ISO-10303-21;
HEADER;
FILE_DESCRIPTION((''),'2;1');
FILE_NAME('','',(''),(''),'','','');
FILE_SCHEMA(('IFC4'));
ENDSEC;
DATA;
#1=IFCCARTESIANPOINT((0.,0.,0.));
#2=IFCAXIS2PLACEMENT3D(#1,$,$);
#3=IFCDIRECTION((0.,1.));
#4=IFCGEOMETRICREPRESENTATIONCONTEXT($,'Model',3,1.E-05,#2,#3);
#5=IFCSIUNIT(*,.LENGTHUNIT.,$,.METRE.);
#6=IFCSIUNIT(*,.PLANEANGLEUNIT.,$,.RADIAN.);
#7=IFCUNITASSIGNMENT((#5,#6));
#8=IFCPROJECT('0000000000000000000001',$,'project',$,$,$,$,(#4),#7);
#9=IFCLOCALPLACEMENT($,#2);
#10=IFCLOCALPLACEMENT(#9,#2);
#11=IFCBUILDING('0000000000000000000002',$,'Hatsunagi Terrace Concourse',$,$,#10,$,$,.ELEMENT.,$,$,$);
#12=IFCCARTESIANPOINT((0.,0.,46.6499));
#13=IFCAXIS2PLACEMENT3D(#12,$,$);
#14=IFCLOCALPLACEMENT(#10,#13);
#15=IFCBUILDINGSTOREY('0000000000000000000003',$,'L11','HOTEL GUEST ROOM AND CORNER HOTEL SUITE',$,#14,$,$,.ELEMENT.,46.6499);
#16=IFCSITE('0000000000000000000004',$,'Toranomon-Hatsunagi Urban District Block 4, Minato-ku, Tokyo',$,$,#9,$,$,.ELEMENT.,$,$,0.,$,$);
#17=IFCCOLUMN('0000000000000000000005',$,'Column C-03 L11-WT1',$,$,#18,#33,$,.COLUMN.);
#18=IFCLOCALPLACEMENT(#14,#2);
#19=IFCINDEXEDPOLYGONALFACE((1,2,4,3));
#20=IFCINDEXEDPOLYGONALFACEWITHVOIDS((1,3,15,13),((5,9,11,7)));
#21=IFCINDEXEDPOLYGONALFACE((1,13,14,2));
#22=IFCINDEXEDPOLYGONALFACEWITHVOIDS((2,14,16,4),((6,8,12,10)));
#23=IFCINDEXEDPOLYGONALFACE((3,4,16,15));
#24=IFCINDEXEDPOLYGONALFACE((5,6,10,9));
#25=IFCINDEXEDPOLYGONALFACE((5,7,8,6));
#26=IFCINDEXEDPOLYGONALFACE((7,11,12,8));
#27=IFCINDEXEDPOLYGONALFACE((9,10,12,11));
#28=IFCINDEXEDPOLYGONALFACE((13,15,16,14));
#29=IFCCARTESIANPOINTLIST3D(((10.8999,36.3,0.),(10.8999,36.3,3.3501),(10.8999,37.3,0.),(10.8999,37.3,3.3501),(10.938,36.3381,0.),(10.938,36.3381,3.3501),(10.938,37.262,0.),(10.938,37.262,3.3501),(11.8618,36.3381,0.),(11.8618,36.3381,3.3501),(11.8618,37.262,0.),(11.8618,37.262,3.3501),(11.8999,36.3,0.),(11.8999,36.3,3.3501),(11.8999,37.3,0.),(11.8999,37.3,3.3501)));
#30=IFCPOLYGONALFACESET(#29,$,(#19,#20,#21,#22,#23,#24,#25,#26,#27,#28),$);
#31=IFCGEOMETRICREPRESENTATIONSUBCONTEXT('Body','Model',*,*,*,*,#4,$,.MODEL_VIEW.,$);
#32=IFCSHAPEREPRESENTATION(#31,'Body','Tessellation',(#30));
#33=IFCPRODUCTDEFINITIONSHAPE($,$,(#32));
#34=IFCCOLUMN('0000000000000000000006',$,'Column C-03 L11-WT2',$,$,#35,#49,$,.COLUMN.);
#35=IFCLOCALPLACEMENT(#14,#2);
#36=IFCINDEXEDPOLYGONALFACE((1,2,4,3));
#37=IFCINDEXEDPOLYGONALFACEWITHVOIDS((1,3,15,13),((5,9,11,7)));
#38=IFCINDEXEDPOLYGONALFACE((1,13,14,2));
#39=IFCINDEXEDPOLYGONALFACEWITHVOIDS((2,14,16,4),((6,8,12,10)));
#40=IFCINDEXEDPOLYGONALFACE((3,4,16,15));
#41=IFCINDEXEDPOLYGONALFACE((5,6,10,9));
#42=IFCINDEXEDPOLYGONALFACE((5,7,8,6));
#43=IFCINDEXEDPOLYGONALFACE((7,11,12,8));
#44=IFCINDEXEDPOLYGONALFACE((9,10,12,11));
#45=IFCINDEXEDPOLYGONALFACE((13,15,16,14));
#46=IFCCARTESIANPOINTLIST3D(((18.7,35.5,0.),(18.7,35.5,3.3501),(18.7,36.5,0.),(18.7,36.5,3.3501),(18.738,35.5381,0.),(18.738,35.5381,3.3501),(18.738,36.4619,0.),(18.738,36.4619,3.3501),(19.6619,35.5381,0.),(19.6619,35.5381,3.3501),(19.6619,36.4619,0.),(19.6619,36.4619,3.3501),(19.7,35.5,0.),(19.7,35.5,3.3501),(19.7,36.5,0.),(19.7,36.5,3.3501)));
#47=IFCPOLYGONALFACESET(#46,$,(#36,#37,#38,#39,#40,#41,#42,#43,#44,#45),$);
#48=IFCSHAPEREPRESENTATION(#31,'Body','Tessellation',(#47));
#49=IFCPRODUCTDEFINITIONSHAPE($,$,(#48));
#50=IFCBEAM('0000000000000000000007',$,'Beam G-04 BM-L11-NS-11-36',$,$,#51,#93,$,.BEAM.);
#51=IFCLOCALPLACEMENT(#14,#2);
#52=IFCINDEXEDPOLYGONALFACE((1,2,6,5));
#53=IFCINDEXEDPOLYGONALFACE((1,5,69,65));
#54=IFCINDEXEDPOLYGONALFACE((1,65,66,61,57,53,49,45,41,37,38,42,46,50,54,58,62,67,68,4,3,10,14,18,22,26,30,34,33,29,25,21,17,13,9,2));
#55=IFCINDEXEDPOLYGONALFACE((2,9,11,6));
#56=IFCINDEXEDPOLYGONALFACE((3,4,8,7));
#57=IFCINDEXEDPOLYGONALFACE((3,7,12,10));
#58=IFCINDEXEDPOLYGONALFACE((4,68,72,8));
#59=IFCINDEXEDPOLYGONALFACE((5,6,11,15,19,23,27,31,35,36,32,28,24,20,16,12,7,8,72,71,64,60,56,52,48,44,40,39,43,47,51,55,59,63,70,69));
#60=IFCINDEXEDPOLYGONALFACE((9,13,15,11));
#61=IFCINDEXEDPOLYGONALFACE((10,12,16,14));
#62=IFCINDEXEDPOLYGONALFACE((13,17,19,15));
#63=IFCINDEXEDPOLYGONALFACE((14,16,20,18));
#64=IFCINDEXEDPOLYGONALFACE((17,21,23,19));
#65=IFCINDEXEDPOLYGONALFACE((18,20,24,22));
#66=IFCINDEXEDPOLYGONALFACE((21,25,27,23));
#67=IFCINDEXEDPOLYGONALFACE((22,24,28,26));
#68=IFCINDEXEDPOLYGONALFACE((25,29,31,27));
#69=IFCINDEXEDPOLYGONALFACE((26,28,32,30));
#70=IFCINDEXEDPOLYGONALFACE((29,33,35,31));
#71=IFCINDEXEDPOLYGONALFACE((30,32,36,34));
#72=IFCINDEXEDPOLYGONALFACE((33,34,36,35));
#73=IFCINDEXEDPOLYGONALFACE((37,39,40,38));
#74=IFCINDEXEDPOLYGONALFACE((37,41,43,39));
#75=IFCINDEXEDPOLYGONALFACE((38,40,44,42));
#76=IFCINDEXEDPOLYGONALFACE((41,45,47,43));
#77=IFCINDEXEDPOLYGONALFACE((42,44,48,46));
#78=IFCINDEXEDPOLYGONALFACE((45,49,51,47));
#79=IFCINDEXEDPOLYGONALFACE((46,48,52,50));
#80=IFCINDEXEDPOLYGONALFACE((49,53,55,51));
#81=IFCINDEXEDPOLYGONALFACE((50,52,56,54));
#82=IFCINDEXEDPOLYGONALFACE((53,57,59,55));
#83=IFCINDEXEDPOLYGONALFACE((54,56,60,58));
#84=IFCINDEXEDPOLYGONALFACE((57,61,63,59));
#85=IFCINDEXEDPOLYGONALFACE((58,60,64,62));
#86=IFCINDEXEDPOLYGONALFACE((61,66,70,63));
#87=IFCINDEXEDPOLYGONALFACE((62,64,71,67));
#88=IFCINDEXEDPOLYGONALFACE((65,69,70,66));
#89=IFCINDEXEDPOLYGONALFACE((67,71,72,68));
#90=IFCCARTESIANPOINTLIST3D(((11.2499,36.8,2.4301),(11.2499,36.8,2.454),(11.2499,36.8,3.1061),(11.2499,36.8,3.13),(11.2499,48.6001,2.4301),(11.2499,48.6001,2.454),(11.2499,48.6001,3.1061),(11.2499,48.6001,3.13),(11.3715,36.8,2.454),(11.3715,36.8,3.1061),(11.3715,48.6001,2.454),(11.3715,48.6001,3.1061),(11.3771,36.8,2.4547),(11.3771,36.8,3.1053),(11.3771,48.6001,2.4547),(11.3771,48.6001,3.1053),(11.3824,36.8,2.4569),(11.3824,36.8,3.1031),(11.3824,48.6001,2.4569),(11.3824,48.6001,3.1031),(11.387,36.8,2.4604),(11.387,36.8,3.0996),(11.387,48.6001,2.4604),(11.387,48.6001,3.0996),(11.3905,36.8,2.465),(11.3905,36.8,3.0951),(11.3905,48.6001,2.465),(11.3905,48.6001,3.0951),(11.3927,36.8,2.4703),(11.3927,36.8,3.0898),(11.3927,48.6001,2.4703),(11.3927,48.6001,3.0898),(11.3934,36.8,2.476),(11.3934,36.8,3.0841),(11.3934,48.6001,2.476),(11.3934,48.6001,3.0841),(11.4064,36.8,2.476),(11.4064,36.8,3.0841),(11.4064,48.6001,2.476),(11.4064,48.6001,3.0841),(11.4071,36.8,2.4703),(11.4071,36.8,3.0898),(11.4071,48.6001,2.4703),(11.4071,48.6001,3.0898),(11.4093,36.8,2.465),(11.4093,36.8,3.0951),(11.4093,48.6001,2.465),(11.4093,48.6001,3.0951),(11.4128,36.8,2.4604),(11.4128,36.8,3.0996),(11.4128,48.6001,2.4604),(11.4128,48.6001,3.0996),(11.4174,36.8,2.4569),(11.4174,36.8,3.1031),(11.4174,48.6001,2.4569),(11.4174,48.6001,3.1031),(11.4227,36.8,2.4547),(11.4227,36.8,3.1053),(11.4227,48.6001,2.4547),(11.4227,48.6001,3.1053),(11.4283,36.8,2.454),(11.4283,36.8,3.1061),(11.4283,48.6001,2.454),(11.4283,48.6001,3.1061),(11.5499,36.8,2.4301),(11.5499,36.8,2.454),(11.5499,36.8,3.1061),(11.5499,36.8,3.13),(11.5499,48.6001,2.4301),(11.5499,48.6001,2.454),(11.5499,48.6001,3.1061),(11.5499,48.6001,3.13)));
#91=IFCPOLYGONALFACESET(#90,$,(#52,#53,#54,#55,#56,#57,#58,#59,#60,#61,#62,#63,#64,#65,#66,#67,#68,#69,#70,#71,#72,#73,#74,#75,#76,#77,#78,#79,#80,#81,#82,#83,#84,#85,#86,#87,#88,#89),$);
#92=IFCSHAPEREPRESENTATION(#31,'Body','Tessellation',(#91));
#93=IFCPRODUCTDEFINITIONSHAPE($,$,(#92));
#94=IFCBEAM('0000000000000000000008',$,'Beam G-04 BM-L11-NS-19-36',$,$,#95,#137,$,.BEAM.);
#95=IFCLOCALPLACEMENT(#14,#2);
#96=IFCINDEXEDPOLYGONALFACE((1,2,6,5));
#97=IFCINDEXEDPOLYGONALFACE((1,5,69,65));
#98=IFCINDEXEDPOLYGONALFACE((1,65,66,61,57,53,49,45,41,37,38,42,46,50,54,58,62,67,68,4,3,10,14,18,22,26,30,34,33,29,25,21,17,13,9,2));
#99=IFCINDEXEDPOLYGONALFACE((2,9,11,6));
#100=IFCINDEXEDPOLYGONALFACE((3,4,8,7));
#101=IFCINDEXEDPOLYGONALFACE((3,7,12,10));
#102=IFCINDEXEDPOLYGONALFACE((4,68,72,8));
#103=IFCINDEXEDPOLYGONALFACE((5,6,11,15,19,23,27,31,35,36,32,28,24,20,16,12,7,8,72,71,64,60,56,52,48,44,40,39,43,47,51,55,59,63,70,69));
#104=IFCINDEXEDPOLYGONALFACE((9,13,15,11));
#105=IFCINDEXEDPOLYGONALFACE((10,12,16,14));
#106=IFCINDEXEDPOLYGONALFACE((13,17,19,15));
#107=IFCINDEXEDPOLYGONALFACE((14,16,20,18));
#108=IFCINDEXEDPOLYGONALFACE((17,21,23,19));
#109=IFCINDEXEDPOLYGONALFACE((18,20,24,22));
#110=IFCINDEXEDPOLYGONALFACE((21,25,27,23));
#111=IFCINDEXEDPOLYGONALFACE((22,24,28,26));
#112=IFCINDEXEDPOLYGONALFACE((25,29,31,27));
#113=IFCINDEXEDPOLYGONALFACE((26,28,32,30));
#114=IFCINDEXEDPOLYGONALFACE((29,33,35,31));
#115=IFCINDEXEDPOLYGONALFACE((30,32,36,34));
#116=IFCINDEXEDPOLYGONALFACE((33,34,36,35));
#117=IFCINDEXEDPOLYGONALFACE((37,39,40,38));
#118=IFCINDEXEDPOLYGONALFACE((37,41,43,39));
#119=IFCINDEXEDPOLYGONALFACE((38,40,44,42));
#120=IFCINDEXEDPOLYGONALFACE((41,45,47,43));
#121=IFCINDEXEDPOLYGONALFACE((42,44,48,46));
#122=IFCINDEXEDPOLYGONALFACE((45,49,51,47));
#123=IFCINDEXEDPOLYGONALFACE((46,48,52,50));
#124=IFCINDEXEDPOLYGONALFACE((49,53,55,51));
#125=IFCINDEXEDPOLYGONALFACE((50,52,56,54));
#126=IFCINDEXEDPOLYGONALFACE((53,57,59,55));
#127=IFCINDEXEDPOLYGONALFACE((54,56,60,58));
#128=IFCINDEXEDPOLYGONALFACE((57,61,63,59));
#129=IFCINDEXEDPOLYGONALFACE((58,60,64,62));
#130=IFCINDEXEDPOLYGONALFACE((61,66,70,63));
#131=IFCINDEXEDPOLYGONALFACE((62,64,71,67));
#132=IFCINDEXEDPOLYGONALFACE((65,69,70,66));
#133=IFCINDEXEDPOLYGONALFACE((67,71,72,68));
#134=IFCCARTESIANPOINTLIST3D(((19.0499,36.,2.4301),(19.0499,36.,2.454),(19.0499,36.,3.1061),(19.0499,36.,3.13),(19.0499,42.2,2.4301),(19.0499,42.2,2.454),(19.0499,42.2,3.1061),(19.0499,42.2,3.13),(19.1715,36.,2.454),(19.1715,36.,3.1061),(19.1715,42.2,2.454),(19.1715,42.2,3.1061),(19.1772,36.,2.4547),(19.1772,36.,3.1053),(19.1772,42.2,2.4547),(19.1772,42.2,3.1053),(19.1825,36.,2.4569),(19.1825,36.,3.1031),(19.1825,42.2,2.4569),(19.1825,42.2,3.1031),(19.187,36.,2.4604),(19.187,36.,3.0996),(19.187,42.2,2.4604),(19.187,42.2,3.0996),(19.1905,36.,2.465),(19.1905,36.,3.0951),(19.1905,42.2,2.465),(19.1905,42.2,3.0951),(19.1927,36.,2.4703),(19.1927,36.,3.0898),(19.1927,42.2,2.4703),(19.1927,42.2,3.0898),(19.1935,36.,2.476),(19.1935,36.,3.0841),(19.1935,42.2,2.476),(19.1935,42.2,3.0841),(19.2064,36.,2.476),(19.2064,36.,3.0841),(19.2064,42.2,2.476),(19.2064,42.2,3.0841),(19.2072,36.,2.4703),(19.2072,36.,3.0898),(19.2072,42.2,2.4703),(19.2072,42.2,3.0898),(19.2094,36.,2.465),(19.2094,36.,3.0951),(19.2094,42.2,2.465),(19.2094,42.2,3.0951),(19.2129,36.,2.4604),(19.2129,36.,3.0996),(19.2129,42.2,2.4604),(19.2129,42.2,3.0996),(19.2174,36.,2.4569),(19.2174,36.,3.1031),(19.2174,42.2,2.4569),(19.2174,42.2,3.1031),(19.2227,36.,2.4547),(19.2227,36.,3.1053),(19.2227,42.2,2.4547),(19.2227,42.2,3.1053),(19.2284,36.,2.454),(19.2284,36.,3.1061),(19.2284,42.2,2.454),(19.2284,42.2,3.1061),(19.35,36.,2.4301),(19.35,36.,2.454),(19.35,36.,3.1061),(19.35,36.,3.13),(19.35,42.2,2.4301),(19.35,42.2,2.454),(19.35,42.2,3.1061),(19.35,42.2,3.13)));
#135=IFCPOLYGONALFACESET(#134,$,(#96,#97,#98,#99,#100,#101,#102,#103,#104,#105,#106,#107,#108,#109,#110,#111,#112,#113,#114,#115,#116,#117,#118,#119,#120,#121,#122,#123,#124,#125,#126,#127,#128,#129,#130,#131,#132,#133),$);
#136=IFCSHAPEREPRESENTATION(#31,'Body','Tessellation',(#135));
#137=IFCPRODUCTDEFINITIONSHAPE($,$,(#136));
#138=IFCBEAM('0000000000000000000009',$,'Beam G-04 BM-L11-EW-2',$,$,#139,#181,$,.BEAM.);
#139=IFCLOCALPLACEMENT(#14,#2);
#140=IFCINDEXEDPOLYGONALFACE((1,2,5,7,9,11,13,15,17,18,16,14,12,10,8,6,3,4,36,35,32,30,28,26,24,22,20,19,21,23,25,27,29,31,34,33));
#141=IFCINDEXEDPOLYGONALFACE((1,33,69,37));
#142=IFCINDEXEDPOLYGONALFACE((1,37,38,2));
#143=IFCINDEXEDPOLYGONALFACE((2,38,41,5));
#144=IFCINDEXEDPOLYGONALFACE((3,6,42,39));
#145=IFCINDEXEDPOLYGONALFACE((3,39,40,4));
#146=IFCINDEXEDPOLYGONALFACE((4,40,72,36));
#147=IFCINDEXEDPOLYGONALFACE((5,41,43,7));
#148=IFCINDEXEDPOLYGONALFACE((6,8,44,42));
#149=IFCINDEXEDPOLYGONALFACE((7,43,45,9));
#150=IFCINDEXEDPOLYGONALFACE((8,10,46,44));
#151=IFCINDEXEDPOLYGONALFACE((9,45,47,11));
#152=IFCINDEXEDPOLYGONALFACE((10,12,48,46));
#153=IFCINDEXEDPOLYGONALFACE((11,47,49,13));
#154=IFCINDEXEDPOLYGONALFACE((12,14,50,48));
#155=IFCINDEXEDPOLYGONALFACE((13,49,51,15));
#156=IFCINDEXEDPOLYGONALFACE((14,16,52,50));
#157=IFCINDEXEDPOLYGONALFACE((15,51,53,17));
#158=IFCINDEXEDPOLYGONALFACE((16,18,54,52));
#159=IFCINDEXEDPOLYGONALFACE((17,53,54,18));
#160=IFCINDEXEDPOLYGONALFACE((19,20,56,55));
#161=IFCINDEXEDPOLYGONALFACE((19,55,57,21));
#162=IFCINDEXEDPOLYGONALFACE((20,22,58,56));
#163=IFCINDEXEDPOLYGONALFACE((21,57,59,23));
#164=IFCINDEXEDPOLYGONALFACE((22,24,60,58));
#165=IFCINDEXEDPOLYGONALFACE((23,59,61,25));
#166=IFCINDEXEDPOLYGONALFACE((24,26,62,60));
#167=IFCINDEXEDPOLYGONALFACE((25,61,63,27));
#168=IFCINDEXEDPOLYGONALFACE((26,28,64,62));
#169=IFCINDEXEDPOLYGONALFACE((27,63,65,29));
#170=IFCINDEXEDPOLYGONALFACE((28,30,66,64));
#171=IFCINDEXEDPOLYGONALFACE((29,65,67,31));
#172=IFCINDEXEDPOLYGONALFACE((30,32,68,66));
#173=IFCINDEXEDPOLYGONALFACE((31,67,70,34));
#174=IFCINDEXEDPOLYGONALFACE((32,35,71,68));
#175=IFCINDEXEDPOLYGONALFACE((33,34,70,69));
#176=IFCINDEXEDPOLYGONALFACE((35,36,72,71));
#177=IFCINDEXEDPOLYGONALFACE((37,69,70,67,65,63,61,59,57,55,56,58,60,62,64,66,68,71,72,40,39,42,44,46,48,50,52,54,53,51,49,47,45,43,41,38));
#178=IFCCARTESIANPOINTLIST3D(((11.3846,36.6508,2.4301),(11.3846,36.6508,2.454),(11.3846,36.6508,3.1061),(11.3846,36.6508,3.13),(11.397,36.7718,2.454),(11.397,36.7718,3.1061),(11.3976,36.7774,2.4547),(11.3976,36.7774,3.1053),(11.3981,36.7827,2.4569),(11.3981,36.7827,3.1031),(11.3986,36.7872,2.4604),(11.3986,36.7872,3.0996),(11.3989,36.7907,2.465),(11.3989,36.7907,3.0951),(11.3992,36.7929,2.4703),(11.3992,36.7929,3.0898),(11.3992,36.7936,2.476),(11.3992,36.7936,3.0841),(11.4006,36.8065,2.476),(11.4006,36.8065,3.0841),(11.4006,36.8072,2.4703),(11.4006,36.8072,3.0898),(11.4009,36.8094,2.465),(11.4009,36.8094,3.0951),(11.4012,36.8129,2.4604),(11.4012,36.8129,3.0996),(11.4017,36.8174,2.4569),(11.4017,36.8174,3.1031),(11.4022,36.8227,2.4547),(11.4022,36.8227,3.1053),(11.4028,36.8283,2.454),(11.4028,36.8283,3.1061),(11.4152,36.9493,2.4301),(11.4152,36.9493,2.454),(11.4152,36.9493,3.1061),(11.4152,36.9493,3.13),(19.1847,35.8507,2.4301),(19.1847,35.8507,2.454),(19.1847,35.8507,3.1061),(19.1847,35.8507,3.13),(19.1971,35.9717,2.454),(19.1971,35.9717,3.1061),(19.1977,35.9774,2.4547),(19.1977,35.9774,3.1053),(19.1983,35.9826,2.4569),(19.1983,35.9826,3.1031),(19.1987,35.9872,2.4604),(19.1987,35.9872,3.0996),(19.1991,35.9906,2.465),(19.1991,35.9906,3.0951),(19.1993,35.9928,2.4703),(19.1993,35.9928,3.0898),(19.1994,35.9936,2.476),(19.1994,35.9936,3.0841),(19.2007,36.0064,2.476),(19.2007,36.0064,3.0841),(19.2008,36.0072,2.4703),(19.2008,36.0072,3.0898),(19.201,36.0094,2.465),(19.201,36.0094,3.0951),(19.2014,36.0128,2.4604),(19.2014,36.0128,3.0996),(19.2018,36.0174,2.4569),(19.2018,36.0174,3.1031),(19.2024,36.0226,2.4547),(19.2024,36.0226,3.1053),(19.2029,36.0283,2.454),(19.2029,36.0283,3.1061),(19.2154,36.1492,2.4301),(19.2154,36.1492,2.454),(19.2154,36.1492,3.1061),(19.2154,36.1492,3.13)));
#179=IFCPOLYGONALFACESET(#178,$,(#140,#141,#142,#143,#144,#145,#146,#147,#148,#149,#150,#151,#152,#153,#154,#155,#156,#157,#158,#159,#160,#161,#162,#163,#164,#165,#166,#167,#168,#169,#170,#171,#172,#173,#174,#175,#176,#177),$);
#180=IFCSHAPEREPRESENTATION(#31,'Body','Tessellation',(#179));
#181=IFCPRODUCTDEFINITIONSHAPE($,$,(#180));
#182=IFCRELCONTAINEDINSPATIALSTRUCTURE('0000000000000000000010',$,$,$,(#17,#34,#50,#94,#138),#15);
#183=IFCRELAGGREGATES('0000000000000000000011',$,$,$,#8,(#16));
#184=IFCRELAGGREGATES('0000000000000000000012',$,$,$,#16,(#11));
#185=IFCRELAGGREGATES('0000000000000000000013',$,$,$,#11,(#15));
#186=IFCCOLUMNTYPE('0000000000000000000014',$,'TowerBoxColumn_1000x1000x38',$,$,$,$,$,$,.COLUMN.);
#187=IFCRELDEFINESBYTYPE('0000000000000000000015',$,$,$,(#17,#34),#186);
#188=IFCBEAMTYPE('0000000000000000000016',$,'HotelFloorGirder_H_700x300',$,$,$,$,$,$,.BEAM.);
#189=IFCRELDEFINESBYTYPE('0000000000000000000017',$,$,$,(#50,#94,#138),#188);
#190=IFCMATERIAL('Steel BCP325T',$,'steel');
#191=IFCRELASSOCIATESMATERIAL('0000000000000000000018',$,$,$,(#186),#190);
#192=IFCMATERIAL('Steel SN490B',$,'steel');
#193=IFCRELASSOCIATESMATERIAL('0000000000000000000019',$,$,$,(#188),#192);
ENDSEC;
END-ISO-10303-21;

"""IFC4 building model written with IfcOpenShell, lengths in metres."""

from ifc_helpers import new_model, si_unit, direction, frame, origin, origin_2d, place, context, subcontext, project, spatial, hollow_rectangle, i_section, extrude, material, material_profile, profile_set, type_object, element, save


model = new_model("IFC4")

# Units and contexts
model_context = context("Model", 3, precision=1e-05, world=origin(), true_north=direction((0.0, 1.0)))
body_context = subcontext(model_context, "Body", "Model", "MODEL_VIEW")
ifc_project = project(units=[si_unit("LENGTHUNIT", "METRE"), si_unit("PLANEANGLEUNIT", "RADIAN")], contexts=[model_context])

# Site, building, storey
site_placement = place(None, origin())
site = spatial("IfcSite", under=ifc_project, at=site_placement, Name="Toranomon-Hatsunagi Urban District Block 4, Minato-ku, Tokyo", CompositionType="ELEMENT", RefElevation=0.0)
building_placement = place(site_placement, origin())
building = spatial("IfcBuilding", under=site, at=building_placement, Name="Hatsunagi Terrace Concourse", CompositionType="ELEMENT")
storey_placement = place(building_placement, frame((0.0, 0.0, 46.6499)))
storey = spatial("IfcBuildingStorey", under=building, at=storey_placement, Name="L11", Description="HOTEL GUEST ROOM AND CORNER HOTEL SUITE", CompositionType="ELEMENT", Elevation=46.6499)

# Columns
ifc_material_1 = material(Name="Steel BCP325T", Category="steel")
ifc_material_profile_1 = material_profile(ifc_material_1, hollow_rectangle(XDim=1.0, YDim=1.0, WallThickness=0.0381, at=origin_2d()), Name="BCP-1000x1000x38")
ifc_profile_set_1 = profile_set([ifc_material_profile_1], Name="Steel BCP325T")
column_type = type_object("IfcColumnType", Name="TowerBoxColumn_1000x1000x38", PredefinedType="COLUMN", material=ifc_profile_set_1)
for number, where, z_axis, x_axis, name in (
    (1, (11.3999, 36.8, 0.0), (0.0, 0.0, 1.0), (1.0, 0.0, 0.0), "Column C-03 L11-WT1"),
    (2, (19.2, 36.0, 0.0), (0.0, 0.0, 1.0), (1.0, 0.0, 0.0), "Column C-03 L11-WT2"),
):
    element("IfcColumn", number, at=place(storey_placement, frame(where, z_axis=z_axis, x_axis=x_axis)), inside=storey, type_object=column_type, Name=name, PredefinedType="COLUMN", context=body_context, shape_type="SweptSolid", body=[
        extrude(hollow_rectangle(XDim=1.0, YDim=1.0, WallThickness=0.0381, at=origin_2d()), origin(), (0.0, 0.0, 1.0), 3.3501),
    ])

# Beams
ifc_material_2 = material(Name="Steel SN490B", Category="steel")
ifc_material_profile_2 = material_profile(ifc_material_2, i_section(OverallWidth=0.3, OverallDepth=0.7, WebThickness=0.0129, FlangeThickness=0.0239, FilletRadius=0.022, at=origin_2d()), Name="H-700x300x13x24")
ifc_profile_set_2 = profile_set([ifc_material_profile_2], Name="Steel SN490B")
beam_type_1 = type_object("IfcBeamType", Name="HotelFloorGirder_H_700x300", PredefinedType="BEAM", material=ifc_profile_set_2)
beam_1_placement = place(storey_placement, frame((11.3999, 36.8, 2.78), z_axis=(0.0, 1.0, 0.0), x_axis=(-1.0, 0.0, 0.0)))
element("IfcBeam", 3, at=beam_1_placement, inside=storey, type_object=beam_type_1, Name="Beam G-04 BM-L11-NS-11-36", PredefinedType="BEAM", context=body_context, shape_type="SweptSolid", body=[
    extrude(i_section(OverallWidth=0.3, OverallDepth=0.7, WebThickness=0.0129, FlangeThickness=0.0239, FilletRadius=0.022, at=origin_2d()), origin(), (0.0, 0.0, 1.0), 11.8),
])
beam_2_placement = place(storey_placement, frame((19.2, 36.0, 2.78), z_axis=(0.0, 1.0, 0.0), x_axis=(-1.0, 0.0, 0.0)))
element("IfcBeam", 4, at=beam_2_placement, inside=storey, type_object=beam_type_1, Name="Beam G-04 BM-L11-NS-19-36", PredefinedType="BEAM", context=body_context, shape_type="SweptSolid", body=[
    extrude(i_section(OverallWidth=0.3, OverallDepth=0.7, WebThickness=0.0129, FlangeThickness=0.0239, FilletRadius=0.022, at=origin_2d()), origin(), (0.0, 0.0, 1.0), 6.2),
])
beam_3_placement = place(storey_placement, frame((11.3999, 36.8, 2.78), z_axis=(0.994781, -0.102034, 0.0), x_axis=(0.102034, 0.994781, 0.0)))
element("IfcBeam", 5, at=beam_3_placement, inside=storey, type_object=beam_type_1, Name="Beam G-04 BM-L11-EW-2", PredefinedType="BEAM", context=body_context, shape_type="SweptSolid", body=[
    extrude(i_section(OverallWidth=0.3, OverallDepth=0.7, WebThickness=0.0129, FlangeThickness=0.0239, FilletRadius=0.022, at=origin_2d()), origin(), (0.0, 0.0, 1.0), 7.8411),
])

save(model, "model.ifc")
